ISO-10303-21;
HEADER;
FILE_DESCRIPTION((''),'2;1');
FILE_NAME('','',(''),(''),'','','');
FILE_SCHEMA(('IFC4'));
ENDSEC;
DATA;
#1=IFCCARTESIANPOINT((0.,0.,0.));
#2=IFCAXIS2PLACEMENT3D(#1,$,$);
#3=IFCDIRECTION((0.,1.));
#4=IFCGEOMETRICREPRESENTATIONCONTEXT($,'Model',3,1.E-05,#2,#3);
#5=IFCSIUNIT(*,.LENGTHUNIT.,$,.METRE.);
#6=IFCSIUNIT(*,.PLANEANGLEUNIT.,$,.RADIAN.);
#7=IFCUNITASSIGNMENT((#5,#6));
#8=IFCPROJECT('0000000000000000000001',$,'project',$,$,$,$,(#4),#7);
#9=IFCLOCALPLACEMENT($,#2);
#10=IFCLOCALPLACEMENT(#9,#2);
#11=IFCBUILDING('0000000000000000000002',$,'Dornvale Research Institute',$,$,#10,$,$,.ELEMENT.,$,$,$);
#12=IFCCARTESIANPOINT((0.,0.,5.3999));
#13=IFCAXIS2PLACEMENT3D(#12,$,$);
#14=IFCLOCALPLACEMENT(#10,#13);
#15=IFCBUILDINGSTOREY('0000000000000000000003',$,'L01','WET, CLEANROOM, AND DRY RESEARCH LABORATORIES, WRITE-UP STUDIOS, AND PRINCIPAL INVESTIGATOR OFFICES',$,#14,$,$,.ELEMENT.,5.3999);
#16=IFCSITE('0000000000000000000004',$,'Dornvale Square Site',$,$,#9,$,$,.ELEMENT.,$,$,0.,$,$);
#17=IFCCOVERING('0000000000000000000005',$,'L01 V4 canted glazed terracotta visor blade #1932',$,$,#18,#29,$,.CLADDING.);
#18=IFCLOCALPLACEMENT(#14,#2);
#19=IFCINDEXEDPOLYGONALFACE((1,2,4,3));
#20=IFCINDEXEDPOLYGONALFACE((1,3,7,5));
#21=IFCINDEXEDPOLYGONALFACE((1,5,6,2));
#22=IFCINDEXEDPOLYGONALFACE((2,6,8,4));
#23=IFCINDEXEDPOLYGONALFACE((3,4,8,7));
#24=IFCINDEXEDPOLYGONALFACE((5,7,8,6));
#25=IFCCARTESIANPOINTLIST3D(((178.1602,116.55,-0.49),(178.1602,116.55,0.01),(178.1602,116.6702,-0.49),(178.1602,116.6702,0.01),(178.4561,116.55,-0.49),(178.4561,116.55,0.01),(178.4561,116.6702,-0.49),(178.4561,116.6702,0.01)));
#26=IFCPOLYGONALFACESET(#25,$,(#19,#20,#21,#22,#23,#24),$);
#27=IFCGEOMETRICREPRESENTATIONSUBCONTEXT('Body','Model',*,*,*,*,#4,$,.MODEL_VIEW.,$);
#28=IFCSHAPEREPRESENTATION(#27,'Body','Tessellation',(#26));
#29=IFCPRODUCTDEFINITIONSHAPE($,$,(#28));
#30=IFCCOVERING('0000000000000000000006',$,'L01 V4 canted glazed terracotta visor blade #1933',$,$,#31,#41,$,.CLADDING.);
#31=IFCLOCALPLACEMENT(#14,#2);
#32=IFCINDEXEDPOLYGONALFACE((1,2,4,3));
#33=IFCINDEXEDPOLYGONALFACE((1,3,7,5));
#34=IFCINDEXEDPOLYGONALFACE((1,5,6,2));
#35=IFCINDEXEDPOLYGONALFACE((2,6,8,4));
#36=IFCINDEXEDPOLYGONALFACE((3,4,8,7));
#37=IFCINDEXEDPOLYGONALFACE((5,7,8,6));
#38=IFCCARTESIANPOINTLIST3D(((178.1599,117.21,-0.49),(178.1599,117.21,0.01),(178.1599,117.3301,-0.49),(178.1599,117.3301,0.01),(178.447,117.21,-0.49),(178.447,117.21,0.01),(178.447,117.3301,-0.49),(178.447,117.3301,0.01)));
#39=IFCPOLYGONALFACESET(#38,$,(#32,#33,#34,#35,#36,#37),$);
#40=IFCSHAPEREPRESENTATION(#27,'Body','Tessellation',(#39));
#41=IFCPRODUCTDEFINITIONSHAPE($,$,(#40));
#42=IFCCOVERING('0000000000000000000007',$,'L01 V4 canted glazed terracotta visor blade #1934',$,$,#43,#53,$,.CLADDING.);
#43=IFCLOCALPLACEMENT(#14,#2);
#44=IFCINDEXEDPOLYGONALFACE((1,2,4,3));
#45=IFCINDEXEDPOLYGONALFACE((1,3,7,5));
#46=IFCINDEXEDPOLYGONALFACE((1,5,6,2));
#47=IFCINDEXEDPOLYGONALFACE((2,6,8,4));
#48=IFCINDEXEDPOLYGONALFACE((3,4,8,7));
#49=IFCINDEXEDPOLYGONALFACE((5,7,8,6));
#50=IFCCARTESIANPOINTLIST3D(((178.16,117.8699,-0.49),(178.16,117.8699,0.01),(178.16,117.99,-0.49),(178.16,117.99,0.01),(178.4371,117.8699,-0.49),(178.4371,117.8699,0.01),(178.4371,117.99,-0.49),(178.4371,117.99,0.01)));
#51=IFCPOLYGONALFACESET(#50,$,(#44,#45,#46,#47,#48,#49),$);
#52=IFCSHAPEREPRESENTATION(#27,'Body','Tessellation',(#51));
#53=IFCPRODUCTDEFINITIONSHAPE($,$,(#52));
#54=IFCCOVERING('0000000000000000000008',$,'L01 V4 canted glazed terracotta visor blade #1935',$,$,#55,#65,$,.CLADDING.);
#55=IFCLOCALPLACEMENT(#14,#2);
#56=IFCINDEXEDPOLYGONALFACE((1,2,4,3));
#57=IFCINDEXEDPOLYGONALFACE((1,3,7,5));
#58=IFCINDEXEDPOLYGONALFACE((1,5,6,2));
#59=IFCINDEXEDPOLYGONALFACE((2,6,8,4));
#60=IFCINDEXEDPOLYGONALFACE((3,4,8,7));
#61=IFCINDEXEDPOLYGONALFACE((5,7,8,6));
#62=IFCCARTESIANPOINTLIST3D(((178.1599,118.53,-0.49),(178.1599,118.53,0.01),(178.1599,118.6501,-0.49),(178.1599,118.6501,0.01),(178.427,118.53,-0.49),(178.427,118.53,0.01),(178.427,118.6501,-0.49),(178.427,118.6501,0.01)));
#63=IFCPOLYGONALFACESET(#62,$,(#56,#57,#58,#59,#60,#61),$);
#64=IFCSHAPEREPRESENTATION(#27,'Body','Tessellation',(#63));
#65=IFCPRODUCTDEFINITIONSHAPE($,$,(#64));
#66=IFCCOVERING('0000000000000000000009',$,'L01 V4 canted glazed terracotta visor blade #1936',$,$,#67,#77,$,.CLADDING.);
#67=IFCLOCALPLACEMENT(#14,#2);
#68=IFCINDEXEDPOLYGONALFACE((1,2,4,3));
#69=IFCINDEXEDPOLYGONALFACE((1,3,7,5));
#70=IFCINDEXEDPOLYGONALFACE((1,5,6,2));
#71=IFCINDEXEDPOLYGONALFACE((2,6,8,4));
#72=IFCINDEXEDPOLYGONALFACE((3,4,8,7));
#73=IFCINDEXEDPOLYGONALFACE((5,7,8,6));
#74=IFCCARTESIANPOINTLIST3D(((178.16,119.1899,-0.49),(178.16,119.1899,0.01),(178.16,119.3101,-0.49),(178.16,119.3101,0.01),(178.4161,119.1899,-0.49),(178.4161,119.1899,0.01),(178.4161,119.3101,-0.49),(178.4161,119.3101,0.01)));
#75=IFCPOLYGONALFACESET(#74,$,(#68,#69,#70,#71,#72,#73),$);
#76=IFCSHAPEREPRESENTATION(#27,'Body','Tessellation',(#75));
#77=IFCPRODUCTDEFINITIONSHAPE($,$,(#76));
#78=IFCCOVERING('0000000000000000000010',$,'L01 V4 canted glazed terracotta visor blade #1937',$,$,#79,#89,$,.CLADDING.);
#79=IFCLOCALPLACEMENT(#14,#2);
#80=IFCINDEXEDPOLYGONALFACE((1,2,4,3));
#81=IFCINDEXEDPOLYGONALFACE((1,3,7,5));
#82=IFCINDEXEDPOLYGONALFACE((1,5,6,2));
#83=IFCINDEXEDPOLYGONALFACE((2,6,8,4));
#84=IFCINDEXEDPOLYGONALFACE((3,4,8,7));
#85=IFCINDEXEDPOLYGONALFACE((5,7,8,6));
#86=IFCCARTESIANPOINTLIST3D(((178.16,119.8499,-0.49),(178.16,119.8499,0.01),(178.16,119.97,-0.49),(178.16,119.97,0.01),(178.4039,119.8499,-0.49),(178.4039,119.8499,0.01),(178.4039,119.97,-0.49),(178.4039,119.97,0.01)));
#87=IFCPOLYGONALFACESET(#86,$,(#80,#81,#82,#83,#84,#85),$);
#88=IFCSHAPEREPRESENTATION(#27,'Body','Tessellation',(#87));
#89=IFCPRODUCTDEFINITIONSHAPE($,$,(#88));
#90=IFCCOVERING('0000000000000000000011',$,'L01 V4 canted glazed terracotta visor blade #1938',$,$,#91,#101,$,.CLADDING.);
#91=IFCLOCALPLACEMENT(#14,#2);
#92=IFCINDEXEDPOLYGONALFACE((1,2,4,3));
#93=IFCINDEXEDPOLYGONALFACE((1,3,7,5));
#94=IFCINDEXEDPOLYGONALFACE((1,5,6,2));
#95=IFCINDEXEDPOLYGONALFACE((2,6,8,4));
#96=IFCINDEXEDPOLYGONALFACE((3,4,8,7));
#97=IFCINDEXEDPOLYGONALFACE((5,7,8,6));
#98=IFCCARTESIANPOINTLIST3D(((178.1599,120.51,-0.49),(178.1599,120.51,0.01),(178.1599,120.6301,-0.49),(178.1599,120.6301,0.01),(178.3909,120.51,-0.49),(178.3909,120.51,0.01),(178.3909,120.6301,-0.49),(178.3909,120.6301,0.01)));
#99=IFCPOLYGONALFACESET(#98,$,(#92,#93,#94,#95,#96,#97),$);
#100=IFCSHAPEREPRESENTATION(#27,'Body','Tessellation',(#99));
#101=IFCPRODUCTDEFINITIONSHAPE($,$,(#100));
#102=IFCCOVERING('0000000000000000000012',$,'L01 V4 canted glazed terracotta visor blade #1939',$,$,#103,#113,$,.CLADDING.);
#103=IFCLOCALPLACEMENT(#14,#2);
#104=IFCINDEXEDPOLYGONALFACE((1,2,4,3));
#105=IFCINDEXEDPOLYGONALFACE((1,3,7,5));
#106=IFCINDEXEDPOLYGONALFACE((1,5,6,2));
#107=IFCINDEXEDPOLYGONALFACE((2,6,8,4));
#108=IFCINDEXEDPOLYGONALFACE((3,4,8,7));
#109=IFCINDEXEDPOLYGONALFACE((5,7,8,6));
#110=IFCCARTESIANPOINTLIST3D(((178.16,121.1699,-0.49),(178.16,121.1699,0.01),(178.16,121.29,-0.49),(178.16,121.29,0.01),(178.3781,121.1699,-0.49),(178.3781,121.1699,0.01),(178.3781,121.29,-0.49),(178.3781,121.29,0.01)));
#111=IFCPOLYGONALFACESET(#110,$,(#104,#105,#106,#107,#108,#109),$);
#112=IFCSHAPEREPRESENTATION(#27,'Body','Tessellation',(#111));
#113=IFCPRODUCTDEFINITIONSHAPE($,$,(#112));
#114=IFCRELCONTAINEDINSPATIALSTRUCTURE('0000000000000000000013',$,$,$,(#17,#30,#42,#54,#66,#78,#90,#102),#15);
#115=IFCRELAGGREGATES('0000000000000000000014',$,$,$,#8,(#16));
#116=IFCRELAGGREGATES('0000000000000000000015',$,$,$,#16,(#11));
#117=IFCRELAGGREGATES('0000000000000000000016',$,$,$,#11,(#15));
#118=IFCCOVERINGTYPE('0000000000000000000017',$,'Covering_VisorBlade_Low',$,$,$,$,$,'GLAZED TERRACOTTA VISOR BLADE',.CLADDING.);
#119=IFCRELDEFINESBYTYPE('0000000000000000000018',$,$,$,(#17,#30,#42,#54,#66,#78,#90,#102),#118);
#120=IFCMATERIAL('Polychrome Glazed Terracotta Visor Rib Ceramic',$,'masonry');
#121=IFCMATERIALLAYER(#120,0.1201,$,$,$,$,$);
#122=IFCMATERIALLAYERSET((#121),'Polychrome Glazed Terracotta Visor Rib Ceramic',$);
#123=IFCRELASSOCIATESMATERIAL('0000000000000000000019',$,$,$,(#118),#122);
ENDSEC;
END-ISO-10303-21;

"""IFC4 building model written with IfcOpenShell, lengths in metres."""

from ifc_helpers import new_model, si_unit, direction, frame, origin, origin_2d, place, context, subcontext, project, spatial, rectangle, extrude, material, layer, layer_set, type_object, element, save


model = new_model("IFC4")

# Units and contexts
model_context = context("Model", 3, precision=1e-05, world=origin(), true_north=direction((0.0, 1.0)))
body_context = subcontext(model_context, "Body", "Model", "MODEL_VIEW")
ifc_project = project(units=[si_unit("LENGTHUNIT", "METRE"), si_unit("PLANEANGLEUNIT", "RADIAN")], contexts=[model_context])

# Site, building, storey
site_placement = place(None, origin())
site = spatial("IfcSite", under=ifc_project, at=site_placement, Name="Dornvale Square Site", CompositionType="ELEMENT", RefElevation=0.0)
building_placement = place(site_placement, origin())
building = spatial("IfcBuilding", under=site, at=building_placement, Name="Dornvale Research Institute", CompositionType="ELEMENT")
storey_placement = place(building_placement, frame((0.0, 0.0, 5.3999)))
storey = spatial("IfcBuildingStorey", under=building, at=storey_placement, Name="L01", Description="WET, CLEANROOM, AND DRY RESEARCH LABORATORIES, WRITE-UP STUDIOS, AND PRINCIPAL INVESTIGATOR OFFICES", CompositionType="ELEMENT", Elevation=5.3999)

# Coverings
ifc_material_1 = material(Name="Polychrome Glazed Terracotta Visor Rib Ceramic", Category="masonry")
ifc_layer_1 = layer(ifc_material_1, 0.1201)
ifc_layer_set_1 = layer_set([ifc_layer_1], Name="Polychrome Glazed Terracotta Visor Rib Ceramic")
covering_type = type_object("IfcCoveringType", Name="Covering_VisorBlade_Low", ElementType="GLAZED TERRACOTTA VISOR BLADE", PredefinedType="CLADDING", material=ifc_layer_set_1)
covering_1_placement = place(storey_placement, frame((178.3081, 116.6101, -0.49), z_axis=(0.0, 0.0, 1.0), x_axis=(1.0, 0.0, 0.0)))
element("IfcCovering", 1, at=covering_1_placement, inside=storey, type_object=covering_type, Name="L01 V4 canted glazed terracotta visor blade #1932", PredefinedType="CLADDING", context=body_context, shape_type="SweptSolid", body=[
    extrude(rectangle(XDim=0.2959, YDim=0.1201, at=origin_2d()), origin(), (0.0, 0.0, 1.0), 0.5),
])
covering_2_placement = place(storey_placement, frame((178.3035, 117.27, -0.49), z_axis=(0.0, 0.0, 1.0), x_axis=(1.0, 0.0, 0.0)))
element("IfcCovering", 2, at=covering_2_placement, inside=storey, type_object=covering_type, Name="L01 V4 canted glazed terracotta visor blade #1933", PredefinedType="CLADDING", context=body_context, shape_type="SweptSolid", body=[
    extrude(rectangle(XDim=0.2871, YDim=0.1201, at=origin_2d()), origin(), (0.0, 0.0, 1.0), 0.5),
])
covering_3_placement = place(storey_placement, frame((178.2986, 117.9299, -0.49), z_axis=(0.0, 0.0, 1.0), x_axis=(1.0, 0.0, 0.0)))
element("IfcCovering", 3, at=covering_3_placement, inside=storey, type_object=covering_type, Name="L01 V4 canted glazed terracotta visor blade #1934", PredefinedType="CLADDING", context=body_context, shape_type="SweptSolid", body=[
    extrude(rectangle(XDim=0.2771, YDim=0.1201, at=origin_2d()), origin(), (0.0, 0.0, 1.0), 0.5),
])
covering_4_placement = place(storey_placement, frame((178.2935, 118.5901, -0.49), z_axis=(0.0, 0.0, 1.0), x_axis=(1.0, 0.0, 0.0)))
element("IfcCovering", 4, at=covering_4_placement, inside=storey, type_object=covering_type, Name="L01 V4 canted glazed terracotta visor blade #1935", PredefinedType="CLADDING", context=body_context, shape_type="SweptSolid", body=[
    extrude(rectangle(XDim=0.2671, YDim=0.1201, at=origin_2d()), origin(), (0.0, 0.0, 1.0), 0.5),
])
covering_5_placement = place(storey_placement, frame((178.2881, 119.25, -0.49), z_axis=(0.0, 0.0, 1.0), x_axis=(1.0, 0.0, 0.0)))
element("IfcCovering", 5, at=covering_5_placement, inside=storey, type_object=covering_type, Name="L01 V4 canted glazed terracotta visor blade #1936", PredefinedType="CLADDING", context=body_context, shape_type="SweptSolid", body=[
    extrude(rectangle(XDim=0.2561, YDim=0.1201, at=origin_2d()), origin(), (0.0, 0.0, 1.0), 0.5),
])
covering_6_placement = place(storey_placement, frame((178.282, 119.9099, -0.49), z_axis=(0.0, 0.0, 1.0), x_axis=(1.0, 0.0, 0.0)))
element("IfcCovering", 6, at=covering_6_placement, inside=storey, type_object=covering_type, Name="L01 V4 canted glazed terracotta visor blade #1937", PredefinedType="CLADDING", context=body_context, shape_type="SweptSolid", body=[
    extrude(rectangle(XDim=0.2439, YDim=0.1201, at=origin_2d()), origin(), (0.0, 0.0, 1.0), 0.5),
])
covering_7_placement = place(storey_placement, frame((178.2754, 120.5701, -0.49), z_axis=(0.0, 0.0, 1.0), x_axis=(1.0, 0.0, 0.0)))
element("IfcCovering", 7, at=covering_7_placement, inside=storey, type_object=covering_type, Name="L01 V4 canted glazed terracotta visor blade #1938", PredefinedType="CLADDING", context=body_context, shape_type="SweptSolid", body=[
    extrude(rectangle(XDim=0.231, YDim=0.1201, at=origin_2d()), origin(), (0.0, 0.0, 1.0), 0.5),
])
covering_8_placement = place(storey_placement, frame((178.269, 121.23, -0.49), z_axis=(0.0, 0.0, 1.0), x_axis=(1.0, 0.0, 0.0)))
element("IfcCovering", 8, at=covering_8_placement, inside=storey, type_object=covering_type, Name="L01 V4 canted glazed terracotta visor blade #1939", PredefinedType="CLADDING", context=body_context, shape_type="SweptSolid", body=[
    extrude(rectangle(XDim=0.218, YDim=0.1201, at=origin_2d()), origin(), (0.0, 0.0, 1.0), 0.5),
])

save(model, "model.ifc")
